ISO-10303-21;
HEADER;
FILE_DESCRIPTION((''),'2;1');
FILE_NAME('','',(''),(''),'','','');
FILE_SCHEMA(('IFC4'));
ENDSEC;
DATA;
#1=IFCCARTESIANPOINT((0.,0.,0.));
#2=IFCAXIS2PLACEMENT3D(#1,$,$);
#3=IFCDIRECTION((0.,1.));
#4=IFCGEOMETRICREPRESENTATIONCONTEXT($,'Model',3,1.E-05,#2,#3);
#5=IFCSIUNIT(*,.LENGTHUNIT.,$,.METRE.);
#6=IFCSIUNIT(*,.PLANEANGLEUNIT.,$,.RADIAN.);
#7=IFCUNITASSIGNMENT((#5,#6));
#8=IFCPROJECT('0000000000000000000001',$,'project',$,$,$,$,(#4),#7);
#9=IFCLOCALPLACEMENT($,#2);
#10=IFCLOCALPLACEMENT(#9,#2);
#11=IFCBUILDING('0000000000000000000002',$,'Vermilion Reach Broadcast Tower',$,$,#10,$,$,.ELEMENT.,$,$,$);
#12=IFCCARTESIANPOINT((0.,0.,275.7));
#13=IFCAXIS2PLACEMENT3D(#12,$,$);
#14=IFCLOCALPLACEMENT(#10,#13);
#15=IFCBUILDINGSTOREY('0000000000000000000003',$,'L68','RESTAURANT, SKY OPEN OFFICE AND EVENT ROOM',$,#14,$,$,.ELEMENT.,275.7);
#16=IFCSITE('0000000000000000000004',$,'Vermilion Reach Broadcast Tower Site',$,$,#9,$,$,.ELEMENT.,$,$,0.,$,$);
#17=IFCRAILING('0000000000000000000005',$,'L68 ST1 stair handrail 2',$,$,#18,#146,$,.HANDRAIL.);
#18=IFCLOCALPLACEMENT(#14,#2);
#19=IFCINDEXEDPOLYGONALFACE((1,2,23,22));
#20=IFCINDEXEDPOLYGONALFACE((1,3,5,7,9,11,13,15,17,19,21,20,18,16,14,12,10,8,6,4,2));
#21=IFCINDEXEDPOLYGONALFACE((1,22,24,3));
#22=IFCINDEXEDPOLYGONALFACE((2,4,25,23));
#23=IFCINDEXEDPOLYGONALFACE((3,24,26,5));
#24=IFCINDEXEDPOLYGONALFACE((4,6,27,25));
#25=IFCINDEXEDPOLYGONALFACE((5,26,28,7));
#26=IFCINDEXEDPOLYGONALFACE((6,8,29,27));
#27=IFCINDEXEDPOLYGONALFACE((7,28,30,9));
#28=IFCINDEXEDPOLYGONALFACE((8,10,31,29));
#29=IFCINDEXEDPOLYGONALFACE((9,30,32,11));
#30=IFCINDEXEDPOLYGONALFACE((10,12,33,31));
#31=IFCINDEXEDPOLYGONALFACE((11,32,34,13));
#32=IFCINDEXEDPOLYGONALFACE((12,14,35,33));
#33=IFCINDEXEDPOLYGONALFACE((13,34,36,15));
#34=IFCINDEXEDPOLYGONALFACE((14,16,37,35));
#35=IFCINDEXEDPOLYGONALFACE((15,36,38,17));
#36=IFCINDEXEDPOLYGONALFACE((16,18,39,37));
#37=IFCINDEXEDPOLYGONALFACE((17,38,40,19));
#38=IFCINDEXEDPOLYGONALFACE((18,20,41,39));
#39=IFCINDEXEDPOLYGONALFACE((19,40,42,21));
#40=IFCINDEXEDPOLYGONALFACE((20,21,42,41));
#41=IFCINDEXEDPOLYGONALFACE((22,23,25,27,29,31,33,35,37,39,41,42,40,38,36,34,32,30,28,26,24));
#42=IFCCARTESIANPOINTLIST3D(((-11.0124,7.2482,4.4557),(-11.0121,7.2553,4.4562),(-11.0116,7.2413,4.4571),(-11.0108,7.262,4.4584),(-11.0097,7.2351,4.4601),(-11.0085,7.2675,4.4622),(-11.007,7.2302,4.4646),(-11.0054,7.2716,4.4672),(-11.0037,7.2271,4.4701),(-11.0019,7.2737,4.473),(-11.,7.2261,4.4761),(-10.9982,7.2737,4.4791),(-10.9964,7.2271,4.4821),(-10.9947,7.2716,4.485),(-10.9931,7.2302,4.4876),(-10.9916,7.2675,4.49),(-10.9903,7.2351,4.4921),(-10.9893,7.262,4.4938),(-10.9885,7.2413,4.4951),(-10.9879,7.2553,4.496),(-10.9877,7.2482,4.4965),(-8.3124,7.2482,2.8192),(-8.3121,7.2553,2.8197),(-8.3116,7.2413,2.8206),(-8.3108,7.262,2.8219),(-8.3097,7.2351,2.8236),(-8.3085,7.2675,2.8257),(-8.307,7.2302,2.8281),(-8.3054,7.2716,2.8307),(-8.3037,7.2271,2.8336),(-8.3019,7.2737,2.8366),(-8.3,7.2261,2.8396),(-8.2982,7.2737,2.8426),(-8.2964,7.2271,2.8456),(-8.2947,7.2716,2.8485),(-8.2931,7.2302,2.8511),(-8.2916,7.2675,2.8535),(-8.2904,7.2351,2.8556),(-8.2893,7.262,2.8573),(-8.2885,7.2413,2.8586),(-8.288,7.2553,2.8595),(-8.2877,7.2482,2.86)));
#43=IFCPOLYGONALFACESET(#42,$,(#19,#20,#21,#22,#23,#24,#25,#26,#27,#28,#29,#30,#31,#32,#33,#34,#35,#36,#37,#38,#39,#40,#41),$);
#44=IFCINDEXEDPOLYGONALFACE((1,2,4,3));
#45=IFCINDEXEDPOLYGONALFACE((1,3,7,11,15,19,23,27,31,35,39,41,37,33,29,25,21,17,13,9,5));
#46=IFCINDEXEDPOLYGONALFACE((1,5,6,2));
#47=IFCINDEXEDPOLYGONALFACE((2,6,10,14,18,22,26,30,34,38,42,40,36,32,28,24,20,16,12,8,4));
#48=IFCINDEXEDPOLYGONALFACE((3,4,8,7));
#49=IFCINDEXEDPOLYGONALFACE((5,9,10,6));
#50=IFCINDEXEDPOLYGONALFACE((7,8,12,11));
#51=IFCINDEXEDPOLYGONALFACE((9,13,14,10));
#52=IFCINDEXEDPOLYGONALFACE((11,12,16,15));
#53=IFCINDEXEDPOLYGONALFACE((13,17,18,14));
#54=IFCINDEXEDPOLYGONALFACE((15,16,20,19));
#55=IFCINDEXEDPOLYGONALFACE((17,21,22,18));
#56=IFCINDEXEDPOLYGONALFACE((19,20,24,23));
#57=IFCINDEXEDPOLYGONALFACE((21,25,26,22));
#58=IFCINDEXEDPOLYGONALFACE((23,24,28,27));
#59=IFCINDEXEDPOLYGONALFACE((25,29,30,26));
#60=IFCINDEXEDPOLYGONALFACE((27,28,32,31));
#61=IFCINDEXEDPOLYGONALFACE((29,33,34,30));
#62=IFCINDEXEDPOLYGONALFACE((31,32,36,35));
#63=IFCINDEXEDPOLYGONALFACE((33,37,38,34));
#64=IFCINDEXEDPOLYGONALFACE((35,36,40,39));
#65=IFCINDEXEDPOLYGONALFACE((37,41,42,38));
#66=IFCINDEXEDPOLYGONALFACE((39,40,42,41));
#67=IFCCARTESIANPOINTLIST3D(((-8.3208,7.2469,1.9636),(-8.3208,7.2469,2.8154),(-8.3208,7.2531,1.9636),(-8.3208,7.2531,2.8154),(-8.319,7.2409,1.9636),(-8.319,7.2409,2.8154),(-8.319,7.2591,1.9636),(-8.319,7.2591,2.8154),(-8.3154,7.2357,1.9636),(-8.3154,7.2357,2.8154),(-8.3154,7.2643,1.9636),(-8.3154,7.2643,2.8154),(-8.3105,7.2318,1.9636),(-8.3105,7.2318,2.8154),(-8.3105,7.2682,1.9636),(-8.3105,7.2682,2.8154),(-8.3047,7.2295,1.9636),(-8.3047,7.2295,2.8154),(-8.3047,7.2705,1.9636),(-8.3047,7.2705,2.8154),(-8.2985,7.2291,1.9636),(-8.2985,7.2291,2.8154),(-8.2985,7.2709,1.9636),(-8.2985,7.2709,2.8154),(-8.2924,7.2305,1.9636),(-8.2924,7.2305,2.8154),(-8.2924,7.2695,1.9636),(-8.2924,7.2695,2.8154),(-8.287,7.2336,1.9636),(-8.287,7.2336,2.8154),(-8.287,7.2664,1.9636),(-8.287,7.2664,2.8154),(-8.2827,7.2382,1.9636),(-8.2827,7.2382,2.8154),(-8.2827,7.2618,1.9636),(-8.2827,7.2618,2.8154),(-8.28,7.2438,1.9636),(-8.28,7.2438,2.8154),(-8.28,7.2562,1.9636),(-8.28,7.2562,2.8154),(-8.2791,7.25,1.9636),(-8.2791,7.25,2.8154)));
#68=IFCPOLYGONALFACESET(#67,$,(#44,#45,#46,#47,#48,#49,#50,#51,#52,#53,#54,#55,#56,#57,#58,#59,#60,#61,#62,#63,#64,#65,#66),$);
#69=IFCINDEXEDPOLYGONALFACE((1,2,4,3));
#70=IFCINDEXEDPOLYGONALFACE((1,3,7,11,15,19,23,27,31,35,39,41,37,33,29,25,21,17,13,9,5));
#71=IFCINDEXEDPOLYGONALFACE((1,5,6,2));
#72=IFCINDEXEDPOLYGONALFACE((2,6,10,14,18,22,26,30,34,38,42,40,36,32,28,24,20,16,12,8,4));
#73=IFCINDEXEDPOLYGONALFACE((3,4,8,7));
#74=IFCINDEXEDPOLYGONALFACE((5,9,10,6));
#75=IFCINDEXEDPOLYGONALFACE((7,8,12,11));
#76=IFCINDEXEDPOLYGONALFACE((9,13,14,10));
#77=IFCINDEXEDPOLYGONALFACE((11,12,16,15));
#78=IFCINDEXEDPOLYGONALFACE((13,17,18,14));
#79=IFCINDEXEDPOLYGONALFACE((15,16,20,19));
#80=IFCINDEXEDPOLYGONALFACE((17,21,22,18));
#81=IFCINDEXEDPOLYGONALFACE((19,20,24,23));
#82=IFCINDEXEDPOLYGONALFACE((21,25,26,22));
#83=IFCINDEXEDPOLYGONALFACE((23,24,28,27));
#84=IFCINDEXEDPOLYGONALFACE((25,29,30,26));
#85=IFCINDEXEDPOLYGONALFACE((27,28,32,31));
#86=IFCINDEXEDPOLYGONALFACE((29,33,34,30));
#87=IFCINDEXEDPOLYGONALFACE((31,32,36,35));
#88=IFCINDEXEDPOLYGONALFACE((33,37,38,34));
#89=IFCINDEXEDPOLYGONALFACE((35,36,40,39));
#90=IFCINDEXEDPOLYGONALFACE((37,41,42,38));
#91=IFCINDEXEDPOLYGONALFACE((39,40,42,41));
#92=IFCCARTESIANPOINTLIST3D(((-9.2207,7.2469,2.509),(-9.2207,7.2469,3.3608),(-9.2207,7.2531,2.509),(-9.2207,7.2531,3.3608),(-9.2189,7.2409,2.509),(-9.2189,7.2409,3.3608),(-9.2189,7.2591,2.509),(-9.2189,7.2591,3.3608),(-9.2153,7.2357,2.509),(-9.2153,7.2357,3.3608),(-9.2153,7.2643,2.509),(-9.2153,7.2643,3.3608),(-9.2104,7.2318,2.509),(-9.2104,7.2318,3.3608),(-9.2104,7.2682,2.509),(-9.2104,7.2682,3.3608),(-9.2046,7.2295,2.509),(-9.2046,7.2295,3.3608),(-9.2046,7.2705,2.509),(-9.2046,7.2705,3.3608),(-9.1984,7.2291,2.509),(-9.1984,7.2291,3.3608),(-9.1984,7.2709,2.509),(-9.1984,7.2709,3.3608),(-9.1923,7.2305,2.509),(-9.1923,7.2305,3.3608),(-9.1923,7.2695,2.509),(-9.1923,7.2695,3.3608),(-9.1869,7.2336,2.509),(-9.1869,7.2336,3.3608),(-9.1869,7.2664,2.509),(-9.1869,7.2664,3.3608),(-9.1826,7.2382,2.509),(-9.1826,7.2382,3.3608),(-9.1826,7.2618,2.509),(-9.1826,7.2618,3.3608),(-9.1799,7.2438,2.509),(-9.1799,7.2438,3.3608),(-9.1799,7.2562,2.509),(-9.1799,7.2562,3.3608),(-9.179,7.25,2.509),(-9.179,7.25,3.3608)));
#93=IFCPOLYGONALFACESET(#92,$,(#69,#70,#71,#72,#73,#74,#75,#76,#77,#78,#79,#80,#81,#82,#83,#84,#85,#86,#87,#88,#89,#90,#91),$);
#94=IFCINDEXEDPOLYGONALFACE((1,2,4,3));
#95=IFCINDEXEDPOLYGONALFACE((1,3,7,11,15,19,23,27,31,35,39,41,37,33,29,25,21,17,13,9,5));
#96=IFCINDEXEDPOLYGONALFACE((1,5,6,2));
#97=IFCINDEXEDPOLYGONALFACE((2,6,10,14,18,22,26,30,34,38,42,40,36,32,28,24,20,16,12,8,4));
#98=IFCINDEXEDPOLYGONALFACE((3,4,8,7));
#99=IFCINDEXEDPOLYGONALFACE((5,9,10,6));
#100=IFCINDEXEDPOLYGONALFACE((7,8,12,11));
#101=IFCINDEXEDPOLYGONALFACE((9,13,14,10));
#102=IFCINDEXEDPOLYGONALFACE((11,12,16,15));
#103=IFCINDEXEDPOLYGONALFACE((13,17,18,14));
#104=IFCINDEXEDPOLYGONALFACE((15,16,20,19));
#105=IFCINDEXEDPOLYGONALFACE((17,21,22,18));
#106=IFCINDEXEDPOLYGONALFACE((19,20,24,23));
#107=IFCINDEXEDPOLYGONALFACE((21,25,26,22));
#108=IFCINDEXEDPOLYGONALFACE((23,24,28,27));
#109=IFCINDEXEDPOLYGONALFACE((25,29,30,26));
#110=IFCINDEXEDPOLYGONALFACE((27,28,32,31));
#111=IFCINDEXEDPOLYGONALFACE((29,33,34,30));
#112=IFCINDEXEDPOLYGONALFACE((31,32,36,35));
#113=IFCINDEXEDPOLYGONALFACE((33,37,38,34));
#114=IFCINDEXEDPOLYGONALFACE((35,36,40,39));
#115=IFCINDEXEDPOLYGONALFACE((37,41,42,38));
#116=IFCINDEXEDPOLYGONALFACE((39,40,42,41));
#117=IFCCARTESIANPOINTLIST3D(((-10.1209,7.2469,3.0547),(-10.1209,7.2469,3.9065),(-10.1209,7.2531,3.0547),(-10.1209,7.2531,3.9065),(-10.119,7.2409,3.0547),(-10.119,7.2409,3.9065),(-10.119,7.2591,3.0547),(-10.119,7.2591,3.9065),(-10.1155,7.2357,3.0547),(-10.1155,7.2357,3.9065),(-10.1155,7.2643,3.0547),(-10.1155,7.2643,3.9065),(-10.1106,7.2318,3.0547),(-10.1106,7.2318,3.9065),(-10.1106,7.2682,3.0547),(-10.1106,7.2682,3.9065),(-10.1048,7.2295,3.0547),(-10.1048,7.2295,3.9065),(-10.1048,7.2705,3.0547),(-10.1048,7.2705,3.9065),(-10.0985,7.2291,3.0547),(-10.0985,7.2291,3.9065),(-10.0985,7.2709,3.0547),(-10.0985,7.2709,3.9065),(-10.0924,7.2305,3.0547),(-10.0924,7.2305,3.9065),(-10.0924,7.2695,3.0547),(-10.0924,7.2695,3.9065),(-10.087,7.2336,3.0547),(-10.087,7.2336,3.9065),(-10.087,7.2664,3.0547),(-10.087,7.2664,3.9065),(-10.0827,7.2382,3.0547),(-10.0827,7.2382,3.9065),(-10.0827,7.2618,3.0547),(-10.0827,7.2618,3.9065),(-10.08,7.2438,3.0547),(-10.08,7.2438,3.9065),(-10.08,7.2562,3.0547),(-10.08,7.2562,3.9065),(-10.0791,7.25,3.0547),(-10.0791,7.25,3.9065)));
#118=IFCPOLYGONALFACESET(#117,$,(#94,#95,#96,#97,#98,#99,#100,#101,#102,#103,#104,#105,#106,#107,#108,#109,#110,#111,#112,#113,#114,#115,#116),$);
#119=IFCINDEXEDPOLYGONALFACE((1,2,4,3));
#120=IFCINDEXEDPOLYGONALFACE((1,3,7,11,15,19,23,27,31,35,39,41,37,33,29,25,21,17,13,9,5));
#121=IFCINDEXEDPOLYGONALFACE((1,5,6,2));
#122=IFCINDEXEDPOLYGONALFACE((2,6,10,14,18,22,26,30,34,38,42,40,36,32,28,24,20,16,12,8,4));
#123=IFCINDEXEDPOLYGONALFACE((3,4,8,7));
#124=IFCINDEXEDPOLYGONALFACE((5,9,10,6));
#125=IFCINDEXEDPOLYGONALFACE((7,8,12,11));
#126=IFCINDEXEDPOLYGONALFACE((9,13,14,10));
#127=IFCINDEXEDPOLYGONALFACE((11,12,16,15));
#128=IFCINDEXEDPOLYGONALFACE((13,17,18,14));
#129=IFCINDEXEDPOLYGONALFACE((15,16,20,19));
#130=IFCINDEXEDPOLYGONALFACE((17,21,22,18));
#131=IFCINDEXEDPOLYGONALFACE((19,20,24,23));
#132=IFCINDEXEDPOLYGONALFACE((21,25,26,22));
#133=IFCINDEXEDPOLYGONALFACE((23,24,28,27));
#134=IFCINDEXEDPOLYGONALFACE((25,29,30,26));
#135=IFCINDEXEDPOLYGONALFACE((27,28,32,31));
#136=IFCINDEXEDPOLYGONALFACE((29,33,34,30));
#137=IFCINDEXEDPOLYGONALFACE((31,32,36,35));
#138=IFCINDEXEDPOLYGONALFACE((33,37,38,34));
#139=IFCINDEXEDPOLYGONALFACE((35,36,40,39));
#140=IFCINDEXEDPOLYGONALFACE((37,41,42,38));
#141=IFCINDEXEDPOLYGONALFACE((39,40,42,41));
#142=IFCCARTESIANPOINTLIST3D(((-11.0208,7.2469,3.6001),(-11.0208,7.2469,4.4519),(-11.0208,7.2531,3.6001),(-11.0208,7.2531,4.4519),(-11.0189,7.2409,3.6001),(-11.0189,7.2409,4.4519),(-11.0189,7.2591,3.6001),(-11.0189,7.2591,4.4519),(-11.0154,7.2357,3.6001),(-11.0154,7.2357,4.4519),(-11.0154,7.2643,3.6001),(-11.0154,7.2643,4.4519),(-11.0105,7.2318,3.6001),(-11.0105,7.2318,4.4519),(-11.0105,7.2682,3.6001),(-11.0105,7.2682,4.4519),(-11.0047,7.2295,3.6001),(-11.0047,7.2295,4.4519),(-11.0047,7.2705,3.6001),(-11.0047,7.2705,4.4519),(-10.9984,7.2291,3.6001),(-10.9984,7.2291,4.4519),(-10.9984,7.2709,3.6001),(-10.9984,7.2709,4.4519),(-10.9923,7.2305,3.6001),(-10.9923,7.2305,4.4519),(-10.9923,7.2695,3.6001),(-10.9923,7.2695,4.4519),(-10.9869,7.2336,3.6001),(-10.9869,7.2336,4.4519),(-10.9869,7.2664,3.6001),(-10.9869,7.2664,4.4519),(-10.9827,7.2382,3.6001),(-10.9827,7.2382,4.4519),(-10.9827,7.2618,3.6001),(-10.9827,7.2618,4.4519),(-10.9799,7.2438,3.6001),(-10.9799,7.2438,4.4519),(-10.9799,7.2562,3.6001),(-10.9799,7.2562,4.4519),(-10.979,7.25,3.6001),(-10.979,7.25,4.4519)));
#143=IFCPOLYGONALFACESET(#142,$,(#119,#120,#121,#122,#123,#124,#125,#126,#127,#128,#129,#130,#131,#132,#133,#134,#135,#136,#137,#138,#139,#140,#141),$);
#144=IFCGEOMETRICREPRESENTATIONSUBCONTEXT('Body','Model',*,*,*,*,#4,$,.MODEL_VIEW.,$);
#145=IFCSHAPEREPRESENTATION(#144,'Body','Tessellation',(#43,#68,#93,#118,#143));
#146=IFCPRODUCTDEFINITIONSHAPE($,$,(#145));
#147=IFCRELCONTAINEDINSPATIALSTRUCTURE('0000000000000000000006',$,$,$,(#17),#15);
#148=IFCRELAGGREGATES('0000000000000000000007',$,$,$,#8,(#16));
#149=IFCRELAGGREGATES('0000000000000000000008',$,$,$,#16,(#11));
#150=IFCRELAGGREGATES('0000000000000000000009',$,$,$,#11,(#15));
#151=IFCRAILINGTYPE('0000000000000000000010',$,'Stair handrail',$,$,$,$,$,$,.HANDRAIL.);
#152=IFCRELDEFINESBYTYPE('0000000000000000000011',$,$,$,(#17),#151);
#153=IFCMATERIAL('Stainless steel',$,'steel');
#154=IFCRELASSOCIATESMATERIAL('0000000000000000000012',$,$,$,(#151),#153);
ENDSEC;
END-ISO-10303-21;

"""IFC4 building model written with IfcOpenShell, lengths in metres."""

from ifc_helpers import new_model, si_unit, direction, frame, origin, origin_2d, place, context, subcontext, project, spatial, circle, extrude, material, type_object, element, save


model = new_model("IFC4")

# Units and contexts
model_context = context("Model", 3, precision=1e-05, world=origin(), true_north=direction((0.0, 1.0)))
body_context = subcontext(model_context, "Body", "Model", "MODEL_VIEW")
ifc_project = project(units=[si_unit("LENGTHUNIT", "METRE"), si_unit("PLANEANGLEUNIT", "RADIAN")], contexts=[model_context])

# Site, building, storey
site_placement = place(None, origin())
site = spatial("IfcSite", under=ifc_project, at=site_placement, Name="Vermilion Reach Broadcast Tower Site", CompositionType="ELEMENT", RefElevation=0.0)
building_placement = place(site_placement, origin())
building = spatial("IfcBuilding", under=site, at=building_placement, Name="Vermilion Reach Broadcast Tower", CompositionType="ELEMENT")
storey_placement = place(building_placement, frame((0.0, 0.0, 275.7)))
storey = spatial("IfcBuildingStorey", under=building, at=storey_placement, Name="L68", Description="RESTAURANT, SKY OPEN OFFICE AND EVENT ROOM", CompositionType="ELEMENT", Elevation=275.7)

# Railing
ifc_material_1 = material(Name="Stainless steel", Category="steel")
railing_type_1 = type_object("IfcRailingType", Name="Stair handrail", PredefinedType="HANDRAIL", material=ifc_material_1)
railing_1_placement = place(storey_placement, frame((-8.3, 7.25, 1.9636)))
element("IfcRailing", 1, at=railing_1_placement, inside=storey, type_object=railing_type_1, Name="L68 ST1 stair handrail 2", PredefinedType="HANDRAIL", context=body_context, shape_type="SweptSolid", body=[
    extrude(circle(Radius=0.0239, at=origin_2d()), frame((0.0, 0.0, 0.876), z_axis=(-0.855178, 0.0, 0.518334), x_axis=(0.0, -1.0, 0.0)), (0.0, 0.0, 1.0), 3.1572),
    extrude(circle(Radius=0.021, at=origin_2d()), origin(), (0.0, 0.0, 1.0), 0.8518),
    extrude(circle(Radius=0.021, at=origin_2d()), frame((-0.8999, 0.0, 0.5454)), (0.0, 0.0, 1.0), 0.8518),
    extrude(circle(Radius=0.021, at=origin_2d()), frame((-1.8, 0.0, 1.0911)), (0.0, 0.0, 1.0), 0.8518),
    extrude(circle(Radius=0.021, at=origin_2d()), frame((-2.7, 0.0, 1.6365)), (0.0, 0.0, 1.0), 0.8518),
])

save(model, "model.ifc")
